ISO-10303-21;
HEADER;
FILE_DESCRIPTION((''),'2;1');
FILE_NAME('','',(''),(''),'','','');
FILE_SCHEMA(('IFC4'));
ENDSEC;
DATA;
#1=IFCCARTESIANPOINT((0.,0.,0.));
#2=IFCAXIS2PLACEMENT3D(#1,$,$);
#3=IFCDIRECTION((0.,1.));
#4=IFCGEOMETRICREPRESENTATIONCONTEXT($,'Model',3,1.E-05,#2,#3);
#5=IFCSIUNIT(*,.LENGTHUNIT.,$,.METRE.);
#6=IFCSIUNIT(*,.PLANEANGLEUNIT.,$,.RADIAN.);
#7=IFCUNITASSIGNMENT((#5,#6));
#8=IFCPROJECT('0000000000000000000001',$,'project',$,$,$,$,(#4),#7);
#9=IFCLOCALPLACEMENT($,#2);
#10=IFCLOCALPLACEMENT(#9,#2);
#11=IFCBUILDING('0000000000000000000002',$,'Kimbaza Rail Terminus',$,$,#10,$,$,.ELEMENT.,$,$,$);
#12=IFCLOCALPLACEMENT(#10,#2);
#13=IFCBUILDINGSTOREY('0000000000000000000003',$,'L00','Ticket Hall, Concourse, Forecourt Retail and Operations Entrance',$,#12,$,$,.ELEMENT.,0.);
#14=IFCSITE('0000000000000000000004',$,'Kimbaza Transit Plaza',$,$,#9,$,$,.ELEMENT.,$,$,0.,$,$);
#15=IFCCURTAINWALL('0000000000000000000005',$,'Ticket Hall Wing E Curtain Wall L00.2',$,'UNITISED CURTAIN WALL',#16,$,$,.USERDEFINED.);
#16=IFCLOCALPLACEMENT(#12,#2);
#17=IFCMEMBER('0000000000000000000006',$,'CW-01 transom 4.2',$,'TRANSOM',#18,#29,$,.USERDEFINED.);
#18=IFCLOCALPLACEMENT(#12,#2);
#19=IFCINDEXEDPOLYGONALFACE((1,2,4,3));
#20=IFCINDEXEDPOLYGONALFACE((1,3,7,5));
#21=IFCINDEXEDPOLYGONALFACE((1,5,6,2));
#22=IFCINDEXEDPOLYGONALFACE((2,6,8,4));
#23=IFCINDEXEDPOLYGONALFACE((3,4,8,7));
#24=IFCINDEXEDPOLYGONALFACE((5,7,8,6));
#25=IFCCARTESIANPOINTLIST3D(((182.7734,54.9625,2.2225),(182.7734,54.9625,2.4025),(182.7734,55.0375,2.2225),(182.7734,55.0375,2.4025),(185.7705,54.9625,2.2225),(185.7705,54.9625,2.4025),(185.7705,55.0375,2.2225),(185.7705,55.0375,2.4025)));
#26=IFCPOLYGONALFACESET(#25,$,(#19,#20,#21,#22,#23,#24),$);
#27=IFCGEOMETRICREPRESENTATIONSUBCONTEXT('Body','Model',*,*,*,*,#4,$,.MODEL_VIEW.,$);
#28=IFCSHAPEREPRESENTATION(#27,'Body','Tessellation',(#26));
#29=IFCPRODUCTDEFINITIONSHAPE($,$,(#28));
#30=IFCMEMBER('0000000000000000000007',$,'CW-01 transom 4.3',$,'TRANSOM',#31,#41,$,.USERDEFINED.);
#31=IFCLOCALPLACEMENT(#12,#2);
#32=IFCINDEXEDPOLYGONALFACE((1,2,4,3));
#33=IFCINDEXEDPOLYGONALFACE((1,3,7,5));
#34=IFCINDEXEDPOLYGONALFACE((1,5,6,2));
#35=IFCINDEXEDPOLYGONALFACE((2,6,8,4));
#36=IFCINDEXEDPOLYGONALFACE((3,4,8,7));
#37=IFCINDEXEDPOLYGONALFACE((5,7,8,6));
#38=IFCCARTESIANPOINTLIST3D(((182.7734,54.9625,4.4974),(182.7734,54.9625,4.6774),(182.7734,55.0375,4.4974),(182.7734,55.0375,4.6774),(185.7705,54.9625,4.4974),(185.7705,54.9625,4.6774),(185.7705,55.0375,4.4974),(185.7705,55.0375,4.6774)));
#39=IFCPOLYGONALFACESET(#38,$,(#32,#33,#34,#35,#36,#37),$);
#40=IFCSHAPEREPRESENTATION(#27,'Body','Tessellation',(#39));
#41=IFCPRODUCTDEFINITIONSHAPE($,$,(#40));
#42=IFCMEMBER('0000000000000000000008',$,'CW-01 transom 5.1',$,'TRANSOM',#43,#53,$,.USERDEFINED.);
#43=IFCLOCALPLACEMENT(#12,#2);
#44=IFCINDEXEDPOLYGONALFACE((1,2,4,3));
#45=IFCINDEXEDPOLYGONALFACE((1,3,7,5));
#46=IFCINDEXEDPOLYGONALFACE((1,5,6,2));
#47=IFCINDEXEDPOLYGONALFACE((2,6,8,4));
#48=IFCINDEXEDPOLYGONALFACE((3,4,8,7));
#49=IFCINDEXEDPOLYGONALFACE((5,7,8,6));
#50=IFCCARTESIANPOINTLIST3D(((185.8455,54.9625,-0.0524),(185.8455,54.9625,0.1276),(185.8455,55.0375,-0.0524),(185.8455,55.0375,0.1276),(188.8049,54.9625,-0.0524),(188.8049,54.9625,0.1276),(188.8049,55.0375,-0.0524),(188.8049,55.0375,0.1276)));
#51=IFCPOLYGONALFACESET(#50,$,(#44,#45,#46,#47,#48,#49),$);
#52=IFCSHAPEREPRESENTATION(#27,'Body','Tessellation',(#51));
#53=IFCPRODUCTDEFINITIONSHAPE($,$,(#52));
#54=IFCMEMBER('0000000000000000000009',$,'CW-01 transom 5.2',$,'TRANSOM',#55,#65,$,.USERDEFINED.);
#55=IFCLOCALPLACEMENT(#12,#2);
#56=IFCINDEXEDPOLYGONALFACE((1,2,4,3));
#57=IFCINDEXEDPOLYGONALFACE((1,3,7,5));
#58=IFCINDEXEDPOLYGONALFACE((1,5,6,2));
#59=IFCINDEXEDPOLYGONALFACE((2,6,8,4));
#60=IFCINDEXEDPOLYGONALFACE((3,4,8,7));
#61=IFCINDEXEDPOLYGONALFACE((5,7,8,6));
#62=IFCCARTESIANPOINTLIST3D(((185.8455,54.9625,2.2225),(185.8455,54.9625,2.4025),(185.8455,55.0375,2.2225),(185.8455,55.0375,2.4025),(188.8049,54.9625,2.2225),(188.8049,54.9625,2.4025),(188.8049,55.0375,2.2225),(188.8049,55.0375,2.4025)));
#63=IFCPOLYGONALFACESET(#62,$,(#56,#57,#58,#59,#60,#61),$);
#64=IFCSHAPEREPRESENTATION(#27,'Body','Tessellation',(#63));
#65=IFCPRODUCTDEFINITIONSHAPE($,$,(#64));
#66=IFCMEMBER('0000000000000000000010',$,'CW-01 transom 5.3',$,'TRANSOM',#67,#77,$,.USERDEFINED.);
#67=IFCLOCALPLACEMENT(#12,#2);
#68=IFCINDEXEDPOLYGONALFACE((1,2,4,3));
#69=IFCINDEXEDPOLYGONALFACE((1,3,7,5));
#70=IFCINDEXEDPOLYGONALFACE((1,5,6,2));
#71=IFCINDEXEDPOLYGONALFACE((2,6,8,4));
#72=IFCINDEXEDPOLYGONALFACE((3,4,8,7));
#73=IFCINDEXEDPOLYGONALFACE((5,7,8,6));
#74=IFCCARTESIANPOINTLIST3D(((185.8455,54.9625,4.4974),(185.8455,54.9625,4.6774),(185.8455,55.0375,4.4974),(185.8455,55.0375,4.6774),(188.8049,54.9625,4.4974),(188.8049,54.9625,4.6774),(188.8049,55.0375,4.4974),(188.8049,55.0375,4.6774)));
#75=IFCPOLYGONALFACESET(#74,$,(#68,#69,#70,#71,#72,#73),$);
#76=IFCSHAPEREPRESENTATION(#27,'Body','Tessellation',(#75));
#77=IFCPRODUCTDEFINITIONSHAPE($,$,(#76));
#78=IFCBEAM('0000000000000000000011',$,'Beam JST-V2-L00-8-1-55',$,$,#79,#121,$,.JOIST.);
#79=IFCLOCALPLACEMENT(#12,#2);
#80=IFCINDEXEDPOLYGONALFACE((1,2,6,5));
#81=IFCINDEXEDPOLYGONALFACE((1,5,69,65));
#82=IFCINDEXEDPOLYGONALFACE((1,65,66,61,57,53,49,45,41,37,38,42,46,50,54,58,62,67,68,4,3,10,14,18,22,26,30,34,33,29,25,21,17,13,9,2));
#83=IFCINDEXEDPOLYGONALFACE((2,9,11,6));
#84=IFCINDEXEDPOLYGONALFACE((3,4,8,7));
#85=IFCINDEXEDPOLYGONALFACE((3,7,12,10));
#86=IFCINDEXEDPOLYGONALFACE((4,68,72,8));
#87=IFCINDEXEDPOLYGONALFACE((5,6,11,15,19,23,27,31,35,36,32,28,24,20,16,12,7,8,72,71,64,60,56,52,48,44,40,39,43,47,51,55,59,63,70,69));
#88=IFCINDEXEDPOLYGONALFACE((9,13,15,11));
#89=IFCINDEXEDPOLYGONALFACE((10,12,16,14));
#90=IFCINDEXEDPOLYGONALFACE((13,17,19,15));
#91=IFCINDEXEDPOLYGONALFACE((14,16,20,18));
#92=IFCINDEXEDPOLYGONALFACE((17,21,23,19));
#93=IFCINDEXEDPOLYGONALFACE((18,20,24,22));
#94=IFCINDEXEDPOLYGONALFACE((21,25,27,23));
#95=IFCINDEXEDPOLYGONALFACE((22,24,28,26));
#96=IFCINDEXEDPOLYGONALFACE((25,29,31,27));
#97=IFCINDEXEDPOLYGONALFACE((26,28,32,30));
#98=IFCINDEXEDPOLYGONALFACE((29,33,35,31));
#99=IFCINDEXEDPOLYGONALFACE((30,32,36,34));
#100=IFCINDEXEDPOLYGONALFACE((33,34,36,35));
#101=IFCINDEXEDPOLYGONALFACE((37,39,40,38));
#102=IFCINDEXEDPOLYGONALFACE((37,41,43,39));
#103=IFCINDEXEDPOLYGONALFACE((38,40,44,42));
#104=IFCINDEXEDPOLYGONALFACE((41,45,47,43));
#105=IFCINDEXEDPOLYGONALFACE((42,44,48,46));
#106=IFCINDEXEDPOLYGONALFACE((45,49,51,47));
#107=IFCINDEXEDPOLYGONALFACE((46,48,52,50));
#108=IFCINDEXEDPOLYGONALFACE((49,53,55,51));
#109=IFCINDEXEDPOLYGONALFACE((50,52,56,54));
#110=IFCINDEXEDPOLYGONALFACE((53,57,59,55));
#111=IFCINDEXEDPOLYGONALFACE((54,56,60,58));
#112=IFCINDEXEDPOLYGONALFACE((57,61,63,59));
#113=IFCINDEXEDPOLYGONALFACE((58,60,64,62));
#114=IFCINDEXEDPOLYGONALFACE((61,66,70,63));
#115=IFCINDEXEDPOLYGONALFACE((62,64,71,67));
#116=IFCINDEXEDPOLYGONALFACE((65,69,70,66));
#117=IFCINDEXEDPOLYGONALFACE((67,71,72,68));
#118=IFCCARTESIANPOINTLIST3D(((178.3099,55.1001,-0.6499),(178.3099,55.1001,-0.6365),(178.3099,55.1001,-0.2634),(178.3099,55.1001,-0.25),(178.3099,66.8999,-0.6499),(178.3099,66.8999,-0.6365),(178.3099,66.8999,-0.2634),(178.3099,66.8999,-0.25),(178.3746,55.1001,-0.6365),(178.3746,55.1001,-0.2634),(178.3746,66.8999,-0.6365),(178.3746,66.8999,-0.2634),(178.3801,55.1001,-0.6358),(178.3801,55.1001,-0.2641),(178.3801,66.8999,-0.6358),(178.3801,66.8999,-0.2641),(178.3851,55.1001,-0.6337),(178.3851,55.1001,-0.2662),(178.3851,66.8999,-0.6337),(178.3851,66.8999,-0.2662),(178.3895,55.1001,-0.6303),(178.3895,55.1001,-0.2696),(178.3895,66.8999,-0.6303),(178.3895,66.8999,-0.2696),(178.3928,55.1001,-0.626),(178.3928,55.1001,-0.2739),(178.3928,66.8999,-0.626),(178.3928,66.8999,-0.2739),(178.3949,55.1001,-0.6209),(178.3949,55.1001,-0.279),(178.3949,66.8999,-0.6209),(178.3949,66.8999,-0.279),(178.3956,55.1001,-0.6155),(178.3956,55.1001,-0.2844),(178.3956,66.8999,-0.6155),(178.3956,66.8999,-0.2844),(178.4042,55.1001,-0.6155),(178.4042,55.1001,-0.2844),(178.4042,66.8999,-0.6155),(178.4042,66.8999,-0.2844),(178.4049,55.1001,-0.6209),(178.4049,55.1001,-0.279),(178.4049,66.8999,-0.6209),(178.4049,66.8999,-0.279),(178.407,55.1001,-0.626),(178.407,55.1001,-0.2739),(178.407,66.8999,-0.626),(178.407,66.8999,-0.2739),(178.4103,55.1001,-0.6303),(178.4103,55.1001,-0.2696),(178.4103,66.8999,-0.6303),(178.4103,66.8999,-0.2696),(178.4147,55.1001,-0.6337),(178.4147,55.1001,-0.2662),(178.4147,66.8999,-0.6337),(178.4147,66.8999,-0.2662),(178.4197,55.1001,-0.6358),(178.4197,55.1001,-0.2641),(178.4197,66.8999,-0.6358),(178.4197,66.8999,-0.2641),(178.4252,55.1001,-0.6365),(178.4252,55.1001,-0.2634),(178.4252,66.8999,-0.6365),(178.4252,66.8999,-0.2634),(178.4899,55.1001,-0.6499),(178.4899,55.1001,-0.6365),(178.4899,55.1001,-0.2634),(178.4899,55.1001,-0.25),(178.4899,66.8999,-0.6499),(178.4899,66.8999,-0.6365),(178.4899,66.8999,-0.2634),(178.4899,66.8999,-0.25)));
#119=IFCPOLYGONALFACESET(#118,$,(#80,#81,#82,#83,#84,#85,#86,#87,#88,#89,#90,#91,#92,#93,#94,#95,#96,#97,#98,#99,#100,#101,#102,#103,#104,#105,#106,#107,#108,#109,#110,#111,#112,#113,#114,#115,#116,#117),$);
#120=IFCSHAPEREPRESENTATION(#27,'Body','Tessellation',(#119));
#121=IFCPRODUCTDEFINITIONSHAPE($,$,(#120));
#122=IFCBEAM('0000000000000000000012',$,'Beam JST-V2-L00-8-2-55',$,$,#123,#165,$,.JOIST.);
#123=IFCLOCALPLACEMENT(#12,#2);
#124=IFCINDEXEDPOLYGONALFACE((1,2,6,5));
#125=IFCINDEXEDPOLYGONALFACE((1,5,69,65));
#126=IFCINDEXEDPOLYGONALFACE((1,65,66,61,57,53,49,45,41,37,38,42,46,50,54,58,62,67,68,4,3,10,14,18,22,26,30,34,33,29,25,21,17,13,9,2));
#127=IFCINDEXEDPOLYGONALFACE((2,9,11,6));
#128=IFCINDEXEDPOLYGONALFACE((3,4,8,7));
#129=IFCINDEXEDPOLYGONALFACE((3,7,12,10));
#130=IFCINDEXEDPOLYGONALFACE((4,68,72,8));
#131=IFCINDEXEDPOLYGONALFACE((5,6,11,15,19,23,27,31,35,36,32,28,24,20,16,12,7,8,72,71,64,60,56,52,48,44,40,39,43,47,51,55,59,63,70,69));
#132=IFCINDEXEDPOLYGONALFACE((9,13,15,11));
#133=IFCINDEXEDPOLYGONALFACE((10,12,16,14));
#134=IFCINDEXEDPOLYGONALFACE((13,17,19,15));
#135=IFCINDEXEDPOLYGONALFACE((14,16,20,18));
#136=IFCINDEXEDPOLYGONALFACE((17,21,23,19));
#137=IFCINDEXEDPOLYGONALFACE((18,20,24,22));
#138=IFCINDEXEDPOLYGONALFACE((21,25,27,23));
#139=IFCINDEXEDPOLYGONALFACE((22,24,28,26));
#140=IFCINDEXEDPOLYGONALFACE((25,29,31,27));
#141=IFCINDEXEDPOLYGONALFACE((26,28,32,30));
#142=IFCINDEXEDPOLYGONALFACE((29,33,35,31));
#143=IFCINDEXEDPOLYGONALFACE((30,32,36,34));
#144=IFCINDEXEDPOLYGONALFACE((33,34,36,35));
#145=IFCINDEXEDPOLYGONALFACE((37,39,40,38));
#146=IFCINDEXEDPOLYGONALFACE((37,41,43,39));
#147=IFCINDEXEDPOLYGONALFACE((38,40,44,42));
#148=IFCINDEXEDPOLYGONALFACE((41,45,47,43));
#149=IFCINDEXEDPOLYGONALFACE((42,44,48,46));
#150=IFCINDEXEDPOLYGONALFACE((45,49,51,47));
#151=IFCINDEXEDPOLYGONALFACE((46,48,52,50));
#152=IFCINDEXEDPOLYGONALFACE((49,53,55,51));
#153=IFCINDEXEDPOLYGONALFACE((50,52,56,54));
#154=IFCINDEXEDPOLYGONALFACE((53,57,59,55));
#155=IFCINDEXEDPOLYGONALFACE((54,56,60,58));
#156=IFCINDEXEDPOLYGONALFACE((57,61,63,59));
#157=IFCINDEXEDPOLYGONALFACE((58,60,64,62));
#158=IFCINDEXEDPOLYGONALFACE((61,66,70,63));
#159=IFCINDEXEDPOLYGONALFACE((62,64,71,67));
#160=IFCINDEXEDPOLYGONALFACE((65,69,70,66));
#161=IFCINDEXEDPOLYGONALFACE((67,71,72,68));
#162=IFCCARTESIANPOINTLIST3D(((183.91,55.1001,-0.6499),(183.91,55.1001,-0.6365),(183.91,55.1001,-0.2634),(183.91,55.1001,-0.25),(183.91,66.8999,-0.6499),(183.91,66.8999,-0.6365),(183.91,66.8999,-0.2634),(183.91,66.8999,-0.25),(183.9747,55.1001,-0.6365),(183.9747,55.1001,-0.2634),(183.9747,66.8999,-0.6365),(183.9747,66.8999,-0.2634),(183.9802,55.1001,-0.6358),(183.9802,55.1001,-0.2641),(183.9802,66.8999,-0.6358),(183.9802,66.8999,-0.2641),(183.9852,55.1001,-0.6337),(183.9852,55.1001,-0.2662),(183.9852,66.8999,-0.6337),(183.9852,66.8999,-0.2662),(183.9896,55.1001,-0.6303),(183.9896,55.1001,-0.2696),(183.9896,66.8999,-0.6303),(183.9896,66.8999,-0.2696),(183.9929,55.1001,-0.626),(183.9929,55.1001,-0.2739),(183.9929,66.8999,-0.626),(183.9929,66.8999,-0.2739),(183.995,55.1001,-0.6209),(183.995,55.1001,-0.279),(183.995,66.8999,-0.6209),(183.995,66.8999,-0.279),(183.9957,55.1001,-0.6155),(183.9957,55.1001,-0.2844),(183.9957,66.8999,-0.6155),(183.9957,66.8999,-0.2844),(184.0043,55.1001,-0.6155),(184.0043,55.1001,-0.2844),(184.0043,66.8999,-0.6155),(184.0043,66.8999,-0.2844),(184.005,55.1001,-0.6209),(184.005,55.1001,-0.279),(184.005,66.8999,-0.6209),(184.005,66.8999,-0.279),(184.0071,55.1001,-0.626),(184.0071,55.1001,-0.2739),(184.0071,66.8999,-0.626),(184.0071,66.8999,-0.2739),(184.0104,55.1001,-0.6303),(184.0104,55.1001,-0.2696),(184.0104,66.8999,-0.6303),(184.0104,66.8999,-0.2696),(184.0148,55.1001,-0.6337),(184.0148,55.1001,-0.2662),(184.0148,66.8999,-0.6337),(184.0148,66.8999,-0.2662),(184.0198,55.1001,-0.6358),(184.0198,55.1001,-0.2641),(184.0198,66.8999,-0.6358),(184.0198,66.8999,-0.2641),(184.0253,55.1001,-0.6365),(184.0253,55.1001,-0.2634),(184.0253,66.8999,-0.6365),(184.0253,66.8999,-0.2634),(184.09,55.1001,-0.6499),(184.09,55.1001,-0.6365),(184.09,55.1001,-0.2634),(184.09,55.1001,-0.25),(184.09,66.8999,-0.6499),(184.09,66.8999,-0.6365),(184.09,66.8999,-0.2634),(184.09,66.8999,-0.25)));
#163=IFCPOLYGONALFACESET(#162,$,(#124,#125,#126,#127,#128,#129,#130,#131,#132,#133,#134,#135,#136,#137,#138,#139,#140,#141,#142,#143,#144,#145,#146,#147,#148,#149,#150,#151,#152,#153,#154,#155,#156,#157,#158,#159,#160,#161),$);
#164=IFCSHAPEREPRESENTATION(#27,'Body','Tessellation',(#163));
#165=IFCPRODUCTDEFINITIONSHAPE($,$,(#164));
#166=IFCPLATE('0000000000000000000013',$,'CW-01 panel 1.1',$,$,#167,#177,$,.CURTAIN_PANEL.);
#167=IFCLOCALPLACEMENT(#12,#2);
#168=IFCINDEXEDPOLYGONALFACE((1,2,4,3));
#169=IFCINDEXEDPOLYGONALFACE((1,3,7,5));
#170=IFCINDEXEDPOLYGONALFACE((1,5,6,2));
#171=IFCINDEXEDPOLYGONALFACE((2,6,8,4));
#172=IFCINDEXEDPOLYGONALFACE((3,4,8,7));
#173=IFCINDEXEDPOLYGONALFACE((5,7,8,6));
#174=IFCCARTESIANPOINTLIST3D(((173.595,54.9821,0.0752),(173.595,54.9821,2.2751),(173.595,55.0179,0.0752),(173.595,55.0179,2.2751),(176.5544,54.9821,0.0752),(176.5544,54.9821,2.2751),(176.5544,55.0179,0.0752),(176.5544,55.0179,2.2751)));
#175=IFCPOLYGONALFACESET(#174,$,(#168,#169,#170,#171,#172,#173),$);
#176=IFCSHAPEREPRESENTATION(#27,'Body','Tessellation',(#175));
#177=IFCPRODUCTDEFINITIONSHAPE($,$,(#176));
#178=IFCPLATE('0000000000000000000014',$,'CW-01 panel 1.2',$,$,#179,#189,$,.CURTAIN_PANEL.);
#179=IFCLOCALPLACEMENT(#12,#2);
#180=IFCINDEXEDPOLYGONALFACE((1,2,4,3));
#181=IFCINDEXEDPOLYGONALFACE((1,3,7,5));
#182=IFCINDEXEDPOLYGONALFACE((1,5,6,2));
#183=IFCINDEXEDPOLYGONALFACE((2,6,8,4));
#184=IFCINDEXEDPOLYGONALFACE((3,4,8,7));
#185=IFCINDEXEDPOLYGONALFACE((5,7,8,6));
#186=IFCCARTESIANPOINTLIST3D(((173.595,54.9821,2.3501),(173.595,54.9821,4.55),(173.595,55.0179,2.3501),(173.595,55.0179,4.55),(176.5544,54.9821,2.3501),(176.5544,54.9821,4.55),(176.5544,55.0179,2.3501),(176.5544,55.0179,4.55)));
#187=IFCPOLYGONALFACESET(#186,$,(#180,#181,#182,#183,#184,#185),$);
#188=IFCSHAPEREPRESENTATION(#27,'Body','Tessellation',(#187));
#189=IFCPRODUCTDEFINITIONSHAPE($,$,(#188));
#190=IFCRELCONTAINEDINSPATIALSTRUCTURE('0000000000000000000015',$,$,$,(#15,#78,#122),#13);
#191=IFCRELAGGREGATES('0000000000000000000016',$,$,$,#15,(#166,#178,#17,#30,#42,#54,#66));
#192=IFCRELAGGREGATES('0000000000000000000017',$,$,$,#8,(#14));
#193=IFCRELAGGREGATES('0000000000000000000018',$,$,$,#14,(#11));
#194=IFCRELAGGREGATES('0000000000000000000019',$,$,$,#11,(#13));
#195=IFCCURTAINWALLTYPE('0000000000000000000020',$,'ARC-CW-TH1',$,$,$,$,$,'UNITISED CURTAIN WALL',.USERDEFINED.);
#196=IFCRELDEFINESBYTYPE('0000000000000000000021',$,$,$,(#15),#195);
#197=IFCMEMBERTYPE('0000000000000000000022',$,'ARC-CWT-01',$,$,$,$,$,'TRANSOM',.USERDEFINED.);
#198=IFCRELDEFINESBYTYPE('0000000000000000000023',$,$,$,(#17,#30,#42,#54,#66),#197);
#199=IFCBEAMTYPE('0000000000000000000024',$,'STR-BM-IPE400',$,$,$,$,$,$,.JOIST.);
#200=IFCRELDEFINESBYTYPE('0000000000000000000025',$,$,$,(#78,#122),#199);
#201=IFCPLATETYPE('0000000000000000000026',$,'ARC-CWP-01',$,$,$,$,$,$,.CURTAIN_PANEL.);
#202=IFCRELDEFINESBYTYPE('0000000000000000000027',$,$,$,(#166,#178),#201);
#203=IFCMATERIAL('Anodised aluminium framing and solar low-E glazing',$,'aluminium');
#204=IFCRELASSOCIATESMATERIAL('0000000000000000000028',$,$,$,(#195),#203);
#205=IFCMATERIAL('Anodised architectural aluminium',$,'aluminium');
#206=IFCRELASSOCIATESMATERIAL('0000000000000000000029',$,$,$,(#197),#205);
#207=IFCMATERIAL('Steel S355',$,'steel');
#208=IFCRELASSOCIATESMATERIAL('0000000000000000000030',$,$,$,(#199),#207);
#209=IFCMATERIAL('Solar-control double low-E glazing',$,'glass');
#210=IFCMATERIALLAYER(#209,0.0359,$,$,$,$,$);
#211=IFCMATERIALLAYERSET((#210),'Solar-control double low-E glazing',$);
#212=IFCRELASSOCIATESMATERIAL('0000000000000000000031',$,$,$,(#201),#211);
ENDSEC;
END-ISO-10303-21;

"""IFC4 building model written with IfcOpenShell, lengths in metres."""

from ifc_helpers import new_model, si_unit, direction, frame, origin, origin_2d, place, context, subcontext, project, spatial, rectangle, i_section, extrude, material, layer, layer_set, material_profile, profile_set, type_object, element, aggregate, save


model = new_model("IFC4")

# Units and contexts
model_context = context("Model", 3, precision=1e-05, world=origin(), true_north=direction((0.0, 1.0)))
body_context = subcontext(model_context, "Body", "Model", "MODEL_VIEW")
ifc_project = project(units=[si_unit("LENGTHUNIT", "METRE"), si_unit("PLANEANGLEUNIT", "RADIAN")], contexts=[model_context])

# Site, building, storey
site_placement = place(None, origin())
site = spatial("IfcSite", under=ifc_project, at=site_placement, Name="Kimbaza Transit Plaza", CompositionType="ELEMENT", RefElevation=0.0)
building_placement = place(site_placement, origin())
building = spatial("IfcBuilding", under=site, at=building_placement, Name="Kimbaza Rail Terminus", CompositionType="ELEMENT")
storey_placement = place(building_placement, origin())
storey = spatial("IfcBuildingStorey", under=building, at=storey_placement, Name="L00", Description="Ticket Hall, Concourse, Forecourt Retail and Operations Entrance", CompositionType="ELEMENT", Elevation=0.0)

# Curtain wall, members
ifc_material_1 = material(Name="Anodised aluminium framing and solar low-E glazing", Category="aluminium")
curtain_wall_type = type_object("IfcCurtainWallType", Name="ARC-CW-TH1", ElementType="UNITISED CURTAIN WALL", PredefinedType="USERDEFINED", material=ifc_material_1)
curtain_wall_placement = place(storey_placement, origin())
curtain_wall = element("IfcCurtainWall", 1, at=curtain_wall_placement, inside=storey, type_object=curtain_wall_type, Name="Ticket Hall Wing E Curtain Wall L00.2", ObjectType="UNITISED CURTAIN WALL", PredefinedType="USERDEFINED")
ifc_material_2 = material(Name="Anodised architectural aluminium", Category="aluminium")
ifc_material_profile_1 = material_profile(ifc_material_2, rectangle(XDim=0.075, YDim=0.1799, at=origin_2d()), Name="TRANSOM 75x180")
ifc_profile_set_1 = profile_set([ifc_material_profile_1], Name="Anodised architectural aluminium")
member_type_1 = type_object("IfcMemberType", Name="ARC-CWT-01", ElementType="TRANSOM", PredefinedType="USERDEFINED", material=ifc_profile_set_1)
member_1_placement = place(storey_placement, frame((182.7734, 55.0, 2.3125), z_axis=(1.0, 0.0, 0.0), x_axis=(0.0, 1.0, 0.0)))
member_1 = element("IfcMember", 2, at=member_1_placement, type_object=member_type_1, Name="CW-01 transom 4.2", ObjectType="TRANSOM", PredefinedType="USERDEFINED", context=body_context, shape_type="SweptSolid", body=[
    extrude(rectangle(XDim=0.075, YDim=0.1799, at=origin_2d()), origin(), (0.0, 0.0, 1.0), 2.9971),
])
member_2_placement = place(storey_placement, frame((182.7734, 55.0, 4.5874), z_axis=(1.0, 0.0, 0.0), x_axis=(0.0, 1.0, 0.0)))
member_2 = element("IfcMember", 3, at=member_2_placement, type_object=member_type_1, Name="CW-01 transom 4.3", ObjectType="TRANSOM", PredefinedType="USERDEFINED", context=body_context, shape_type="SweptSolid", body=[
    extrude(rectangle(XDim=0.075, YDim=0.1799, at=origin_2d()), origin(), (0.0, 0.0, 1.0), 2.9971),
])
member_3_placement = place(storey_placement, frame((185.8455, 55.0, 0.0376), z_axis=(1.0, 0.0, 0.0), x_axis=(0.0, 1.0, 0.0)))
member_3 = element("IfcMember", 4, at=member_3_placement, type_object=member_type_1, Name="CW-01 transom 5.1", ObjectType="TRANSOM", PredefinedType="USERDEFINED", context=body_context, shape_type="SweptSolid", body=[
    extrude(rectangle(XDim=0.075, YDim=0.1799, at=origin_2d()), origin(), (0.0, 0.0, 1.0), 2.9595),
])
member_4_placement = place(storey_placement, frame((185.8455, 55.0, 2.3125), z_axis=(1.0, 0.0, 0.0), x_axis=(0.0, 1.0, 0.0)))
member_4 = element("IfcMember", 5, at=member_4_placement, type_object=member_type_1, Name="CW-01 transom 5.2", ObjectType="TRANSOM", PredefinedType="USERDEFINED", context=body_context, shape_type="SweptSolid", body=[
    extrude(rectangle(XDim=0.075, YDim=0.1799, at=origin_2d()), origin(), (0.0, 0.0, 1.0), 2.9595),
])
member_5_placement = place(storey_placement, frame((185.8455, 55.0, 4.5874), z_axis=(1.0, 0.0, 0.0), x_axis=(0.0, 1.0, 0.0)))
member_5 = element("IfcMember", 6, at=member_5_placement, type_object=member_type_1, Name="CW-01 transom 5.3", ObjectType="TRANSOM", PredefinedType="USERDEFINED", context=body_context, shape_type="SweptSolid", body=[
    extrude(rectangle(XDim=0.075, YDim=0.1799, at=origin_2d()), origin(), (0.0, 0.0, 1.0), 2.9595),
])

# Beams
ifc_material_3 = material(Name="Steel S355", Category="steel")
ifc_material_profile_2 = material_profile(ifc_material_3, i_section(OverallWidth=0.1799, OverallDepth=0.3999, WebThickness=0.0085, FlangeThickness=0.0134, FilletRadius=0.021, at=origin_2d()), Name="IPE 400")
ifc_profile_set_2 = profile_set([ifc_material_profile_2], Name="Steel S355")
beam_type = type_object("IfcBeamType", Name="STR-BM-IPE400", PredefinedType="JOIST", material=ifc_profile_set_2)
for number, where, z_axis, x_axis, name in (
    (7, (178.3999, 55.1001, -0.45), (0.0, 1.0, 0.0), (-1.0, 0.0, 0.0), "Beam JST-V2-L00-8-1-55"),
    (8, (184.0, 55.1001, -0.45), (0.0, 1.0, 0.0), (-1.0, 0.0, 0.0), "Beam JST-V2-L00-8-2-55"),
):
    element("IfcBeam", number, at=place(storey_placement, frame(where, z_axis=z_axis, x_axis=x_axis)), inside=storey, type_object=beam_type, Name=name, PredefinedType="JOIST", context=body_context, shape_type="SweptSolid", body=[
        extrude(i_section(OverallWidth=0.1799, OverallDepth=0.3999, WebThickness=0.0085, FlangeThickness=0.0134, FilletRadius=0.021, at=origin_2d()), origin(), (0.0, 0.0, 1.0), 11.7998),
    ])

# Plates
ifc_material_4 = material(Name="Solar-control double low-E glazing", Category="glass")
ifc_layer_1 = layer(ifc_material_4, 0.0359)
ifc_layer_set_1 = layer_set([ifc_layer_1], Name="Solar-control double low-E glazing")
plate_type = type_object("IfcPlateType", Name="ARC-CWP-01", PredefinedType="CURTAIN_PANEL", material=ifc_layer_set_1)
plate_1_placement = place(storey_placement, frame((175.0747, 55.0, 0.0752), z_axis=(0.0, 0.0, 1.0), x_axis=(1.0, 0.0, 0.0)))
plate_1 = element("IfcPlate", 9, at=plate_1_placement, type_object=plate_type, Name="CW-01 panel 1.1", PredefinedType="CURTAIN_PANEL", context=body_context, shape_type="SweptSolid", body=[
    extrude(rectangle(XDim=2.9595, YDim=0.0359, at=origin_2d()), origin(), (0.0, 0.0, 1.0), 2.2),
])
plate_2_placement = place(storey_placement, frame((175.0747, 55.0, 2.3501), z_axis=(0.0, 0.0, 1.0), x_axis=(1.0, 0.0, 0.0)))
plate_2 = element("IfcPlate", 10, at=plate_2_placement, type_object=plate_type, Name="CW-01 panel 1.2", PredefinedType="CURTAIN_PANEL", context=body_context, shape_type="SweptSolid", body=[
    extrude(rectangle(XDim=2.9595, YDim=0.0359, at=origin_2d()), origin(), (0.0, 0.0, 1.0), 2.2),
])
aggregate(curtain_wall, [plate_1, plate_2, member_1, member_2, member_3, member_4, member_5])

save(model, "model.ifc")
